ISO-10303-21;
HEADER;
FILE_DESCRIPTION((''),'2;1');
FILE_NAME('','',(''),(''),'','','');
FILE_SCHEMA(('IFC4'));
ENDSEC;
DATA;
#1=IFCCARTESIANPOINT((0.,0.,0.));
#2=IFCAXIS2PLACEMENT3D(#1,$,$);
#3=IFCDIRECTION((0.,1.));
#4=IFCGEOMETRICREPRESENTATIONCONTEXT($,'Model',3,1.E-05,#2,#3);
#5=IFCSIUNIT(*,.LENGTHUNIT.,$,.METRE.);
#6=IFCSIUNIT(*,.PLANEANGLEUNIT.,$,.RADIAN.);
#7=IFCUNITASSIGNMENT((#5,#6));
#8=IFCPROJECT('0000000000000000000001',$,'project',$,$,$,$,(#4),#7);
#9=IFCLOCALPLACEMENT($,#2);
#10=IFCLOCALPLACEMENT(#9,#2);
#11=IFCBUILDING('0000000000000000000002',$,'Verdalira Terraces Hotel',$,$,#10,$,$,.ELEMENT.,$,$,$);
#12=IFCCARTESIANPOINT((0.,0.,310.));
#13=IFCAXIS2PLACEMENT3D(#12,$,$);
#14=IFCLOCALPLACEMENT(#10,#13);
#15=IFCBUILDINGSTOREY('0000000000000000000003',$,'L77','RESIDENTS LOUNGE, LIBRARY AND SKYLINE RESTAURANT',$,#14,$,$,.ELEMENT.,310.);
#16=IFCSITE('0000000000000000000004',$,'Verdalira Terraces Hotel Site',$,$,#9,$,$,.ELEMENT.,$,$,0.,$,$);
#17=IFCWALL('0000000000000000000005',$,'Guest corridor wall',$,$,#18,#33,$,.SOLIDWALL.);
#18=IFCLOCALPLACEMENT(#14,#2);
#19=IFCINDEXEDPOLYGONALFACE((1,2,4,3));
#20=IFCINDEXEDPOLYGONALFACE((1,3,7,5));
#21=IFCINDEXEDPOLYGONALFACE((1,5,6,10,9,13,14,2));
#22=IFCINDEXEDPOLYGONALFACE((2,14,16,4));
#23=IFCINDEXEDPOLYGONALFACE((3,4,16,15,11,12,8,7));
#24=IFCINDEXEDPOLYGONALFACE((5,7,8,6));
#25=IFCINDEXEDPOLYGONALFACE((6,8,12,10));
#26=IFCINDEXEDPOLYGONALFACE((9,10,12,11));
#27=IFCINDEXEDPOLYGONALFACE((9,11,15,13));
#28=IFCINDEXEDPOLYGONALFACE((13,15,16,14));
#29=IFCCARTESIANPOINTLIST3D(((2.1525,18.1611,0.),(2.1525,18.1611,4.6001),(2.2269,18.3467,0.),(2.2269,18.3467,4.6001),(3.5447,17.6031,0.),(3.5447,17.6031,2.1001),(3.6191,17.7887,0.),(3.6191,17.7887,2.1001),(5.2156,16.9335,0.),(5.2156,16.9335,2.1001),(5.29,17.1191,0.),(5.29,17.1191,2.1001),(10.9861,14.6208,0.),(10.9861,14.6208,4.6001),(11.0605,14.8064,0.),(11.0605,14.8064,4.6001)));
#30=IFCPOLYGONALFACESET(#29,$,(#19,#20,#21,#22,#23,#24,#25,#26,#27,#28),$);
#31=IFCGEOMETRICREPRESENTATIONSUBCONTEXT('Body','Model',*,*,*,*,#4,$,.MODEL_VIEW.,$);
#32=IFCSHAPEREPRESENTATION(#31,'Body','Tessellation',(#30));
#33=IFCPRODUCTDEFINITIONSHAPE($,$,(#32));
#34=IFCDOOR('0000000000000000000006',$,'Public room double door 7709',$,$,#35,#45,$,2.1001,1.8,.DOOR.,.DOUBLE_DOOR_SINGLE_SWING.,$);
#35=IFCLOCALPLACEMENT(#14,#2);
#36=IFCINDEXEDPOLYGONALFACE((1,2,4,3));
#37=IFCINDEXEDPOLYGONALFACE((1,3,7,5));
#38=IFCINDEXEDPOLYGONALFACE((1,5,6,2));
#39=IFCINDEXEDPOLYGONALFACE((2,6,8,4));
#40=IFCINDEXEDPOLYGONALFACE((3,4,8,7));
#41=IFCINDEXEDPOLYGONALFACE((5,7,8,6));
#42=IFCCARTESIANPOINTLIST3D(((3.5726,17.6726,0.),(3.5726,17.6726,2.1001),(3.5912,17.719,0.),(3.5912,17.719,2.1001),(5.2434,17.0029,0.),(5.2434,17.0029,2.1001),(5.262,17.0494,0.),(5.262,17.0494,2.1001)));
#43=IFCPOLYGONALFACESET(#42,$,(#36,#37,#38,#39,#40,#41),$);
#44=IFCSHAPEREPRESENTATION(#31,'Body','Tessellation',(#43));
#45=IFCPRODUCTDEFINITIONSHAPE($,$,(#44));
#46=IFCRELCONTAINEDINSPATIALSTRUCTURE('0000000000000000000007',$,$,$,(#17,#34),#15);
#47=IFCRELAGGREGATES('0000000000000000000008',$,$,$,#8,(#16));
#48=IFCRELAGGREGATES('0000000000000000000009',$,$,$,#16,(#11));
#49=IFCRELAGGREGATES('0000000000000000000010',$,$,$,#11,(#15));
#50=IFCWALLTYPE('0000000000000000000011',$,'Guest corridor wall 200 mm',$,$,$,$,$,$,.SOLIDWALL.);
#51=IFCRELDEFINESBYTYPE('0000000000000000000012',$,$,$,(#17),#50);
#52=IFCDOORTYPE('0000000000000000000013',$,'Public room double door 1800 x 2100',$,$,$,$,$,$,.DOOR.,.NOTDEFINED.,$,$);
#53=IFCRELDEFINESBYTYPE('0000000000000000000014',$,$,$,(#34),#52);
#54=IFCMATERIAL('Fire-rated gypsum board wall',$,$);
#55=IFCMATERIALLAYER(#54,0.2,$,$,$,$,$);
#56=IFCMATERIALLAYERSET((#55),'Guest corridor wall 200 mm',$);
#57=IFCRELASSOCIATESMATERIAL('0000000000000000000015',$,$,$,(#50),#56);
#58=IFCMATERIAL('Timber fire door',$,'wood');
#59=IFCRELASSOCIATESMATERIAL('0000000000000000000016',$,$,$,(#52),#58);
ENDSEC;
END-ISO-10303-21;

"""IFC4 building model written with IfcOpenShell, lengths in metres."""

from ifc_helpers import new_model, si_unit, direction, frame, frame_2d, origin, place, context, subcontext, project, spatial, rectangle, extrude, material, layer, layer_set, type_object, element, fill, save


model = new_model("IFC4")

# Units and contexts
model_context = context("Model", 3, precision=1e-05, world=origin(), true_north=direction((0.0, 1.0)))
body_context = subcontext(model_context, "Body", "Model", "MODEL_VIEW")
ifc_project = project(units=[si_unit("LENGTHUNIT", "METRE"), si_unit("PLANEANGLEUNIT", "RADIAN")], contexts=[model_context])

# Site, building, storey
site_placement = place(None, origin())
site = spatial("IfcSite", under=ifc_project, at=site_placement, Name="Verdalira Terraces Hotel Site", CompositionType="ELEMENT", RefElevation=0.0)
building_placement = place(site_placement, origin())
building = spatial("IfcBuilding", under=site, at=building_placement, Name="Verdalira Terraces Hotel", CompositionType="ELEMENT")
storey_placement = place(building_placement, frame((0.0, 0.0, 310.0)))
storey = spatial("IfcBuildingStorey", under=building, at=storey_placement, Name="L77", Description="RESIDENTS LOUNGE, LIBRARY AND SKYLINE RESTAURANT", CompositionType="ELEMENT", Elevation=310.0)

# Wall, opening, door
ifc_material_1 = material(Name="Fire-rated gypsum board wall")
ifc_layer_1 = layer(ifc_material_1, 0.2)
ifc_layer_set_1 = layer_set([ifc_layer_1], Name="Guest corridor wall 200 mm")
wall_type_1 = type_object("IfcWallType", Name="Guest corridor wall 200 mm", PredefinedType="SOLIDWALL", material=ifc_layer_set_1)
wall_1_placement = place(storey_placement, frame((2.1897, 18.2539, 0.0), z_axis=(0.0, 0.0, 1.0), x_axis=(0.928227, -0.372014, 0.0)))
wall_1 = element("IfcWall", 1, at=wall_1_placement, inside=storey, type_object=wall_type_1, Name="Guest corridor wall", PredefinedType="SOLIDWALL", context=body_context, shape_type="SweptSolid", body=[
    extrude(rectangle(XDim=9.5166, YDim=0.2, at=frame_2d((4.7583, 0.0))), origin(), (0.0, 0.0, 1.0), 4.6001),
])
opening_1_placement = place(wall_1_placement, frame((1.5, 0.0, 0.0)))
opening_1 = element("IfcOpeningElement", 2, at=opening_1_placement, cuts=wall_1, PredefinedType="OPENING", context=body_context, shape_type="SweptSolid", body=[
    extrude(rectangle(XDim=1.8, YDim=2.1001, at=frame_2d((0.8999, 1.05))), frame((0.0, 0.1099, 0.0), z_axis=(0.0, -1.0, 0.0), x_axis=(1.0, 0.0, 0.0)), (0.0, 0.0, 1.0), 0.22),
])
ifc_material_2 = material(Name="Timber fire door", Category="wood")
door_type_1 = type_object("IfcDoorType", Name="Public room double door 1800 x 2100", OperationType="NOTDEFINED", PredefinedType="DOOR", material=ifc_material_2)
door_1_placement = place(opening_1_placement, origin())
door_1 = element("IfcDoor", 3, at=door_1_placement, inside=storey, type_object=door_type_1, Name="Public room double door 7709", OperationType="DOUBLE_DOOR_SINGLE_SWING", OverallHeight=2.1001, OverallWidth=1.8, PredefinedType="DOOR", context=body_context, shape_type="SweptSolid", body=[
    extrude(rectangle(XDim=1.8, YDim=2.1001, at=frame_2d((0.8999, 1.05))), frame((0.0, 0.0249, 0.0), z_axis=(0.0, -1.0, 0.0), x_axis=(1.0, 0.0, 0.0)), (0.0, 0.0, 1.0), 0.05),
])
fill(opening_1, door_1)

save(model, "model.ifc")
